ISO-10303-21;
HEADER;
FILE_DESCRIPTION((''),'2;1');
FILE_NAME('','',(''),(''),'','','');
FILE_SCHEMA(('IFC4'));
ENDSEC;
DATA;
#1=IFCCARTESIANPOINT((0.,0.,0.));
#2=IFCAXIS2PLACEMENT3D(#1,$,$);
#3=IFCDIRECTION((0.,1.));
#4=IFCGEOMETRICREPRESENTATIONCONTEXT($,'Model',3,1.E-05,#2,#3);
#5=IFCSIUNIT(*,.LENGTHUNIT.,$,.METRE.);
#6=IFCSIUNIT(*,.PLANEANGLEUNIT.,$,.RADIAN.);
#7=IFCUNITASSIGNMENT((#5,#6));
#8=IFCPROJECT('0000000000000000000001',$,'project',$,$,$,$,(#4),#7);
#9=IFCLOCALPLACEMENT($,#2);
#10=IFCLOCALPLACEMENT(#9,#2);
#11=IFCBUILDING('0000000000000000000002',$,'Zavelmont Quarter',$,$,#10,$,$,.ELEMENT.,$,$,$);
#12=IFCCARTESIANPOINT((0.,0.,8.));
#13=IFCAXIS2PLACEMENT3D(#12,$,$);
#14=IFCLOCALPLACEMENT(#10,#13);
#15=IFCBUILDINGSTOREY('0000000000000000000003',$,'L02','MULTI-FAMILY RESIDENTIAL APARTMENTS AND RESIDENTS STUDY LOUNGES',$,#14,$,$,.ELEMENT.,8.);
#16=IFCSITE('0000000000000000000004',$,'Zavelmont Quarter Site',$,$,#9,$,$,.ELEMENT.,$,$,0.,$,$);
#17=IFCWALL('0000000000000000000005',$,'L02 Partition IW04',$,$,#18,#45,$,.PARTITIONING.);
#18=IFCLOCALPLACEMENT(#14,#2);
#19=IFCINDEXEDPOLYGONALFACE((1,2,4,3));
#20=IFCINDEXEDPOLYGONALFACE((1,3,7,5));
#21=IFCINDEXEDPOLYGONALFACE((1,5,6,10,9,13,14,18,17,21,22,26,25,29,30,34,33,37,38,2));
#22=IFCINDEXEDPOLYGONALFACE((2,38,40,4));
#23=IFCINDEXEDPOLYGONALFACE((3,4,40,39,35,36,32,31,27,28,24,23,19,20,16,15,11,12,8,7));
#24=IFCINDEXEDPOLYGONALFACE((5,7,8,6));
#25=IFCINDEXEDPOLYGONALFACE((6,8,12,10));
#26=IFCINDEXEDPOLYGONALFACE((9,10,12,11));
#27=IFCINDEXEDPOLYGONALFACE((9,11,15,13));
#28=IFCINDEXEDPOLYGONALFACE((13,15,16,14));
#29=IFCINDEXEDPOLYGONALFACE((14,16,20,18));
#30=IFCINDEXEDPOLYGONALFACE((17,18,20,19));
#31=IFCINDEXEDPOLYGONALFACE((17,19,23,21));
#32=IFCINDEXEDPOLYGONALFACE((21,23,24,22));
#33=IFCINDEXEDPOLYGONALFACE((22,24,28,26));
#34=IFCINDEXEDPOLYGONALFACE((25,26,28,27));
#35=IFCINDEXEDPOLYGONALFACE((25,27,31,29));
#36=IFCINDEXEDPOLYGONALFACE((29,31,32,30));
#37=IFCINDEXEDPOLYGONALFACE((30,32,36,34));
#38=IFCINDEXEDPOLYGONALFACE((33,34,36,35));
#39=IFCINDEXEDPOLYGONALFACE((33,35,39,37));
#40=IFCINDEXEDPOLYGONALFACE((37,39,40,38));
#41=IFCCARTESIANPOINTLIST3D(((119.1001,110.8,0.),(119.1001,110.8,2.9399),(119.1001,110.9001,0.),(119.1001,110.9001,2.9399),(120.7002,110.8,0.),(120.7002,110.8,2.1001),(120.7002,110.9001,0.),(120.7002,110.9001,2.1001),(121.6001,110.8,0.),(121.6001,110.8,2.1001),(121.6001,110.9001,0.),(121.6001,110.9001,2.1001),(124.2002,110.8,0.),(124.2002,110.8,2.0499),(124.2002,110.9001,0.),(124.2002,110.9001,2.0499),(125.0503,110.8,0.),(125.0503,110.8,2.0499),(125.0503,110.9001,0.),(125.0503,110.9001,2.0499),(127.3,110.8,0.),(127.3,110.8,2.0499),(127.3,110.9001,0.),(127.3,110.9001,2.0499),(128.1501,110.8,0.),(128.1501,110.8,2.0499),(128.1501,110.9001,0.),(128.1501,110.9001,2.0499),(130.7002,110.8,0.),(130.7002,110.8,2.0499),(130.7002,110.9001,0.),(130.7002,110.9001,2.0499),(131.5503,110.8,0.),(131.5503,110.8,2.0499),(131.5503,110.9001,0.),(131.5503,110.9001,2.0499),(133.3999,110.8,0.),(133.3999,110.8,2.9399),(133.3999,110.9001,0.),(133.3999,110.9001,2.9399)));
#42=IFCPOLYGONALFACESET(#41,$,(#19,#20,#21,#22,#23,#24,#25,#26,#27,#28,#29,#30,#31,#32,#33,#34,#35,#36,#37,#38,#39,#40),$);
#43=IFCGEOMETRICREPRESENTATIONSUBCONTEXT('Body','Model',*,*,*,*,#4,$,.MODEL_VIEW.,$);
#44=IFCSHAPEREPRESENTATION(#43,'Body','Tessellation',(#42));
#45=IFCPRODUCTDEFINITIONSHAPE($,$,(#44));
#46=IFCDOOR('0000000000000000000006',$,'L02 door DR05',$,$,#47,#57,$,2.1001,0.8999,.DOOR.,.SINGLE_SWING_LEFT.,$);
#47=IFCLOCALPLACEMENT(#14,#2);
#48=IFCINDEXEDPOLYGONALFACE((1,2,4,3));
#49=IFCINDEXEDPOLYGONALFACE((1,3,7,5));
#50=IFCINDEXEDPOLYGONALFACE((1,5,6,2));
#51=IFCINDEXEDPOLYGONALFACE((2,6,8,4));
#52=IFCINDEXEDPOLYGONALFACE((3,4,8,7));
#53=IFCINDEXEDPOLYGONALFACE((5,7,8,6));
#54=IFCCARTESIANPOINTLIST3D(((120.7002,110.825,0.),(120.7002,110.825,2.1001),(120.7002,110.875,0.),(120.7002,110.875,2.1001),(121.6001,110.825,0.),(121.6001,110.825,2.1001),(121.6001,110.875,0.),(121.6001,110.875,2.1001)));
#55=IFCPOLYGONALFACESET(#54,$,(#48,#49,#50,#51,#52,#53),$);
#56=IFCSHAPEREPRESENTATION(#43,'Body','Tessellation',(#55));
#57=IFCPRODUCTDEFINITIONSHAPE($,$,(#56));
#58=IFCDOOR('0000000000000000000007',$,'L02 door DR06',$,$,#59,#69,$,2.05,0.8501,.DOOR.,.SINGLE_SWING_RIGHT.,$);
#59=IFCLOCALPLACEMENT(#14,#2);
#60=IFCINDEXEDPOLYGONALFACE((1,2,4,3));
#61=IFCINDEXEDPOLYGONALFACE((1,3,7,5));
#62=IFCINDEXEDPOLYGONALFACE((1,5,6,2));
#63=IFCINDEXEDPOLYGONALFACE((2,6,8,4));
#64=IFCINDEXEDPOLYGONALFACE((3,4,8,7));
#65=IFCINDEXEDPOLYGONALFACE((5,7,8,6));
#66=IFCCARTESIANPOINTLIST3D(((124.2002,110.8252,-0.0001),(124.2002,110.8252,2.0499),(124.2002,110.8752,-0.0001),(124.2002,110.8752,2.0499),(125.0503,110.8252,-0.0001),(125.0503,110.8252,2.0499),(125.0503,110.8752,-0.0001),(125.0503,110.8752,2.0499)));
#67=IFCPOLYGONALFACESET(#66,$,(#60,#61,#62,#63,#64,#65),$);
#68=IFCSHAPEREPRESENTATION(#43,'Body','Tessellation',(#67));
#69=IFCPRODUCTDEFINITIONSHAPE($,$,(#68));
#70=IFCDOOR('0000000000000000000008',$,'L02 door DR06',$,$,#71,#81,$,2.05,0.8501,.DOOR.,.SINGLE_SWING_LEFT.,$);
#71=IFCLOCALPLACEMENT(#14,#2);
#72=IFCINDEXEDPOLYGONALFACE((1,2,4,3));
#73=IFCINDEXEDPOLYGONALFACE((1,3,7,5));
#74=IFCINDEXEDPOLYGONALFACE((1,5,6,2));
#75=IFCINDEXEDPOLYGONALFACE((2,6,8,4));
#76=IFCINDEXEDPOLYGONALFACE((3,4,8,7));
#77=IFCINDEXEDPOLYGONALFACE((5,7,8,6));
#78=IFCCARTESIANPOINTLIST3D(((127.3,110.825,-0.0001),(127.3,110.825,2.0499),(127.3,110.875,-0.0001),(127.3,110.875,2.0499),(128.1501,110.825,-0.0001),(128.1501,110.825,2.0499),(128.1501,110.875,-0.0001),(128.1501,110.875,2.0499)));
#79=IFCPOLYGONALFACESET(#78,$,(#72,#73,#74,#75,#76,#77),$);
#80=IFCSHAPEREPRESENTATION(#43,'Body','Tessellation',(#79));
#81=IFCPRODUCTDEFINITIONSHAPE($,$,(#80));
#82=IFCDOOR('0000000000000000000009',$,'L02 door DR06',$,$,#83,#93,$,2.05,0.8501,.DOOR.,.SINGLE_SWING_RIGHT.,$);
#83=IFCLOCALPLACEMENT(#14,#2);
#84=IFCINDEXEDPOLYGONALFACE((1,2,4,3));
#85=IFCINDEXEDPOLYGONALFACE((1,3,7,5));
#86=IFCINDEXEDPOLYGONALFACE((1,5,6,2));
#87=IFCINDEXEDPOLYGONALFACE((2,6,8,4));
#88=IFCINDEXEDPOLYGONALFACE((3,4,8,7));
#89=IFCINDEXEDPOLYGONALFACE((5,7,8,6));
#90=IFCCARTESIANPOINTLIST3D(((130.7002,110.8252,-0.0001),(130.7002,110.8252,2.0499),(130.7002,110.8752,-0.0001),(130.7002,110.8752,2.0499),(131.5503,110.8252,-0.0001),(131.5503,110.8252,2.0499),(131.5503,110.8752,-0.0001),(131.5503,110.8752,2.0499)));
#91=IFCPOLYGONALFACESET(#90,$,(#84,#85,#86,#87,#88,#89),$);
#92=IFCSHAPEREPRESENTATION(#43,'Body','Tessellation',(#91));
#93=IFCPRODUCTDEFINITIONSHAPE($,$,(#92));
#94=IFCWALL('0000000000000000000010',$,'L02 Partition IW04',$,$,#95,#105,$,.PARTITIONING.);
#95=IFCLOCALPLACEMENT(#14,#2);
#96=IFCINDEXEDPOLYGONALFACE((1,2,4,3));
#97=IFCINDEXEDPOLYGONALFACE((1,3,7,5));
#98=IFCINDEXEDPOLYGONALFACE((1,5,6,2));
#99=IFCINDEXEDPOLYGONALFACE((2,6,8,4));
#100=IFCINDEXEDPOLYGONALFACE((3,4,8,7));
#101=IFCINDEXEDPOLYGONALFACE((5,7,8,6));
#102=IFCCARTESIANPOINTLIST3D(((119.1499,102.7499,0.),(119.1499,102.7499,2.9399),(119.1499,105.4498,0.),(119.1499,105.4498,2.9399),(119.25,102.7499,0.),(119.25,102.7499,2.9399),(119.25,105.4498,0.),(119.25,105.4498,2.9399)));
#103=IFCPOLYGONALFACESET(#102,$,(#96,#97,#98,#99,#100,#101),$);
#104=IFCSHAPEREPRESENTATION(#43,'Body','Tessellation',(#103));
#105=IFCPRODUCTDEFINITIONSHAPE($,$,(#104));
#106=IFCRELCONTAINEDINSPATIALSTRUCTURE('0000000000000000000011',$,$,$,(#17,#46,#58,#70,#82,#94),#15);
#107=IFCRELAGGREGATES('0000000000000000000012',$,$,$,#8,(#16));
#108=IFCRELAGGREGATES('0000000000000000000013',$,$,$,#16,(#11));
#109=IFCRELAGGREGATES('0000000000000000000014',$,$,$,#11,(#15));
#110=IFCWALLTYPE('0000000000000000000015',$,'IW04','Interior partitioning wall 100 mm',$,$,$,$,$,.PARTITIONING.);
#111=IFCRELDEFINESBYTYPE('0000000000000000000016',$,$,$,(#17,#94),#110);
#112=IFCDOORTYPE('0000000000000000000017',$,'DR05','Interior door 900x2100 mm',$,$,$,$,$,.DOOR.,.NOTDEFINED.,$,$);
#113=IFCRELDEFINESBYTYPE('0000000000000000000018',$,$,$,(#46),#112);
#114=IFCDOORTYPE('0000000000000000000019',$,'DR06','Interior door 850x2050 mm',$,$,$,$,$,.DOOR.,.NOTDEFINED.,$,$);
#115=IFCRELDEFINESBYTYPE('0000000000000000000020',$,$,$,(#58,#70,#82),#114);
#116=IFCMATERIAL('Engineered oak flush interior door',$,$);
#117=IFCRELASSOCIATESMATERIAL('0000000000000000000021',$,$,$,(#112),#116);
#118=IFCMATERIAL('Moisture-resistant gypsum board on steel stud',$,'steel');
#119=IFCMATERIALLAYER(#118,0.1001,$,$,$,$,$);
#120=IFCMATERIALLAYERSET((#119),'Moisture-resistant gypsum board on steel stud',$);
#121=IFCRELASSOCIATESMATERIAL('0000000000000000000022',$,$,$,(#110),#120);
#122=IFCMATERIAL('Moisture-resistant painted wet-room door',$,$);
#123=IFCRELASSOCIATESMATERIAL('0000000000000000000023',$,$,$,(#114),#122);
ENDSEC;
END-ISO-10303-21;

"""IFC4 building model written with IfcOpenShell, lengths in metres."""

from ifc_helpers import new_model, si_unit, direction, frame, frame_2d, origin, origin_with_axes, place, context, subcontext, project, spatial, rectangle, extrude, material, layer, layer_set, type_object, element, fill, save


model = new_model("IFC4")

# Units and contexts
model_context = context("Model", 3, precision=1e-05, world=origin(), true_north=direction((0.0, 1.0)))
body_context = subcontext(model_context, "Body", "Model", "MODEL_VIEW")
ifc_project = project(units=[si_unit("LENGTHUNIT", "METRE"), si_unit("PLANEANGLEUNIT", "RADIAN")], contexts=[model_context])

# Site, building, storey
site_placement = place(None, origin())
site = spatial("IfcSite", under=ifc_project, at=site_placement, Name="Zavelmont Quarter Site", CompositionType="ELEMENT", RefElevation=0.0)
building_placement = place(site_placement, origin())
building = spatial("IfcBuilding", under=site, at=building_placement, Name="Zavelmont Quarter", CompositionType="ELEMENT")
storey_placement = place(building_placement, frame((0.0, 0.0, 8.0)))
storey = spatial("IfcBuildingStorey", under=building, at=storey_placement, Name="L02", Description="MULTI-FAMILY RESIDENTIAL APARTMENTS AND RESIDENTS STUDY LOUNGES", CompositionType="ELEMENT", Elevation=8.0)

# Shared definitions
ifc_material_1 = material(Name="Engineered oak flush interior door")
door_type_1 = type_object("IfcDoorType", Name="DR05", Description="Interior door 900x2100 mm", OperationType="NOTDEFINED", PredefinedType="DOOR", material=ifc_material_1)

# Wall, openings, doors
ifc_material_2 = material(Name="Moisture-resistant gypsum board on steel stud", Category="steel")
ifc_layer_1 = layer(ifc_material_2, 0.1001)
ifc_layer_set_1 = layer_set([ifc_layer_1], Name="Moisture-resistant gypsum board on steel stud")
wall_type_1 = type_object("IfcWallType", Name="IW04", Description="Interior partitioning wall 100 mm", PredefinedType="PARTITIONING", material=ifc_layer_set_1)
wall_1_placement = place(storey_placement, frame((119.1001, 110.8501, 0.0), z_axis=(0.0, 0.0, 1.0), x_axis=(1.0, 0.0, 0.0)))
wall_1 = element("IfcWall", 1, at=wall_1_placement, inside=storey, type_object=wall_type_1, Name="L02 Partition IW04", PredefinedType="PARTITIONING", context=body_context, shape_type="SweptSolid", body=[
    extrude(rectangle(XDim=14.2998, YDim=0.1001, at=frame_2d((7.1499, 0.0))), origin(), (0.0, 0.0, 1.0), 2.9399),
])
opening_1_placement = place(wall_1_placement, frame((1.6001, 0.0, 0.0)))
opening_1 = element("IfcOpeningElement", 2, at=opening_1_placement, cuts=wall_1, PredefinedType="OPENING", context=body_context, shape_type="SweptSolid", body=[
    extrude(rectangle(XDim=0.8999, YDim=2.1001, at=frame_2d((0.45, 1.05))), frame((0.0, 0.062, 0.0), z_axis=(0.0, -1.0, 0.0), x_axis=(1.0, 0.0, 0.0)), (0.0, 0.0, 1.0), 0.124),
])
opening_2_placement = place(wall_1_placement, frame((5.1001, 0.0, 0.0)))
opening_2 = element("IfcOpeningElement", 3, at=opening_2_placement, cuts=wall_1, PredefinedType="OPENING", context=body_context, shape_type="SweptSolid", body=[
    extrude(rectangle(XDim=0.8501, YDim=2.05, at=frame_2d((0.425, 1.0249))), frame((0.0, 0.062, 0.0), z_axis=(0.0, -1.0, 0.0), x_axis=(1.0, 0.0, 0.0)), (0.0, 0.0, 1.0), 0.124),
])
opening_3_placement = place(wall_1_placement, frame((8.2, 0.0, 0.0)))
opening_3 = element("IfcOpeningElement", 4, at=opening_3_placement, cuts=wall_1, PredefinedType="OPENING", context=body_context, shape_type="SweptSolid", body=[
    extrude(rectangle(XDim=0.8501, YDim=2.05, at=frame_2d((0.425, 1.0249))), frame((0.0, 0.062, 0.0), z_axis=(0.0, -1.0, 0.0), x_axis=(1.0, 0.0, 0.0)), (0.0, 0.0, 1.0), 0.124),
])
opening_4_placement = place(wall_1_placement, frame((11.6001, 0.0, 0.0)))
opening_4 = element("IfcOpeningElement", 5, at=opening_4_placement, cuts=wall_1, PredefinedType="OPENING", context=body_context, shape_type="SweptSolid", body=[
    extrude(rectangle(XDim=0.8501, YDim=2.05, at=frame_2d((0.425, 1.0249))), frame((0.0, 0.062, 0.0), z_axis=(0.0, -1.0, 0.0), x_axis=(1.0, 0.0, 0.0)), (0.0, 0.0, 1.0), 0.124),
])
door_1_placement = place(opening_1_placement, origin_with_axes())
door_1 = element("IfcDoor", 6, at=door_1_placement, inside=storey, type_object=door_type_1, Name="L02 door DR05", OperationType="SINGLE_SWING_LEFT", OverallHeight=2.1001, OverallWidth=0.8999, PredefinedType="DOOR", context=body_context, shape_type="SweptSolid", body=[
    extrude(rectangle(XDim=0.8999, YDim=2.1001, at=frame_2d((0.45, 1.05))), frame((0.0, 0.0249, 0.0), z_axis=(0.0, -1.0, 0.0), x_axis=(1.0, 0.0, 0.0)), (0.0, 0.0, 1.0), 0.05),
])
fill(opening_1, door_1)
ifc_material_3 = material(Name="Moisture-resistant painted wet-room door")
door_type_2 = type_object("IfcDoorType", Name="DR06", Description="Interior door 850x2050 mm", OperationType="NOTDEFINED", PredefinedType="DOOR", material=ifc_material_3)
door_2_placement = place(opening_2_placement, frame((0.8501, 0.0, 0.0), z_axis=(0.0, 0.0, 1.0), x_axis=(-1.0, 0.0, 0.0)))
door_2 = element("IfcDoor", 7, at=door_2_placement, inside=storey, type_object=door_type_2, Name="L02 door DR06", OperationType="SINGLE_SWING_RIGHT", OverallHeight=2.05, OverallWidth=0.8501, PredefinedType="DOOR", context=body_context, shape_type="SweptSolid", body=[
    extrude(rectangle(XDim=0.8501, YDim=2.05, at=frame_2d((0.425, 1.0249))), frame((0.0, 0.0249, 0.0), z_axis=(0.0, -1.0, 0.0), x_axis=(1.0, 0.0, 0.0)), (0.0, 0.0, 1.0), 0.05),
])
fill(opening_2, door_2)
door_3_placement = place(opening_3_placement, origin_with_axes())
door_3 = element("IfcDoor", 8, at=door_3_placement, inside=storey, type_object=door_type_2, Name="L02 door DR06", OperationType="SINGLE_SWING_LEFT", OverallHeight=2.05, OverallWidth=0.8501, PredefinedType="DOOR", context=body_context, shape_type="SweptSolid", body=[
    extrude(rectangle(XDim=0.8501, YDim=2.05, at=frame_2d((0.425, 1.0249))), frame((0.0, 0.0249, 0.0), z_axis=(0.0, -1.0, 0.0), x_axis=(1.0, 0.0, 0.0)), (0.0, 0.0, 1.0), 0.05),
])
fill(opening_3, door_3)
door_4_placement = place(opening_4_placement, frame((0.8501, 0.0, 0.0), z_axis=(0.0, 0.0, 1.0), x_axis=(-1.0, 0.0, 0.0)))
door_4 = element("IfcDoor", 9, at=door_4_placement, inside=storey, type_object=door_type_2, Name="L02 door DR06", OperationType="SINGLE_SWING_RIGHT", OverallHeight=2.05, OverallWidth=0.8501, PredefinedType="DOOR", context=body_context, shape_type="SweptSolid", body=[
    extrude(rectangle(XDim=0.8501, YDim=2.05, at=frame_2d((0.425, 1.0249))), frame((0.0, 0.0249, 0.0), z_axis=(0.0, -1.0, 0.0), x_axis=(1.0, 0.0, 0.0)), (0.0, 0.0, 1.0), 0.05),
])
fill(opening_4, door_4)

# Wall
wall_2_placement = place(storey_placement, frame((119.2, 105.45, 0.0), z_axis=(0.0, 0.0, 1.0), x_axis=(0.0, -1.0, 0.0)))
element("IfcWall", 10, at=wall_2_placement, inside=storey, type_object=wall_type_1, Name="L02 Partition IW04", PredefinedType="PARTITIONING", context=body_context, shape_type="SweptSolid", body=[
    extrude(rectangle(XDim=2.7, YDim=0.1001, at=frame_2d((1.3501, 0.0))), origin(), (0.0, 0.0, 1.0), 2.9399),
])

save(model, "model.ifc")
